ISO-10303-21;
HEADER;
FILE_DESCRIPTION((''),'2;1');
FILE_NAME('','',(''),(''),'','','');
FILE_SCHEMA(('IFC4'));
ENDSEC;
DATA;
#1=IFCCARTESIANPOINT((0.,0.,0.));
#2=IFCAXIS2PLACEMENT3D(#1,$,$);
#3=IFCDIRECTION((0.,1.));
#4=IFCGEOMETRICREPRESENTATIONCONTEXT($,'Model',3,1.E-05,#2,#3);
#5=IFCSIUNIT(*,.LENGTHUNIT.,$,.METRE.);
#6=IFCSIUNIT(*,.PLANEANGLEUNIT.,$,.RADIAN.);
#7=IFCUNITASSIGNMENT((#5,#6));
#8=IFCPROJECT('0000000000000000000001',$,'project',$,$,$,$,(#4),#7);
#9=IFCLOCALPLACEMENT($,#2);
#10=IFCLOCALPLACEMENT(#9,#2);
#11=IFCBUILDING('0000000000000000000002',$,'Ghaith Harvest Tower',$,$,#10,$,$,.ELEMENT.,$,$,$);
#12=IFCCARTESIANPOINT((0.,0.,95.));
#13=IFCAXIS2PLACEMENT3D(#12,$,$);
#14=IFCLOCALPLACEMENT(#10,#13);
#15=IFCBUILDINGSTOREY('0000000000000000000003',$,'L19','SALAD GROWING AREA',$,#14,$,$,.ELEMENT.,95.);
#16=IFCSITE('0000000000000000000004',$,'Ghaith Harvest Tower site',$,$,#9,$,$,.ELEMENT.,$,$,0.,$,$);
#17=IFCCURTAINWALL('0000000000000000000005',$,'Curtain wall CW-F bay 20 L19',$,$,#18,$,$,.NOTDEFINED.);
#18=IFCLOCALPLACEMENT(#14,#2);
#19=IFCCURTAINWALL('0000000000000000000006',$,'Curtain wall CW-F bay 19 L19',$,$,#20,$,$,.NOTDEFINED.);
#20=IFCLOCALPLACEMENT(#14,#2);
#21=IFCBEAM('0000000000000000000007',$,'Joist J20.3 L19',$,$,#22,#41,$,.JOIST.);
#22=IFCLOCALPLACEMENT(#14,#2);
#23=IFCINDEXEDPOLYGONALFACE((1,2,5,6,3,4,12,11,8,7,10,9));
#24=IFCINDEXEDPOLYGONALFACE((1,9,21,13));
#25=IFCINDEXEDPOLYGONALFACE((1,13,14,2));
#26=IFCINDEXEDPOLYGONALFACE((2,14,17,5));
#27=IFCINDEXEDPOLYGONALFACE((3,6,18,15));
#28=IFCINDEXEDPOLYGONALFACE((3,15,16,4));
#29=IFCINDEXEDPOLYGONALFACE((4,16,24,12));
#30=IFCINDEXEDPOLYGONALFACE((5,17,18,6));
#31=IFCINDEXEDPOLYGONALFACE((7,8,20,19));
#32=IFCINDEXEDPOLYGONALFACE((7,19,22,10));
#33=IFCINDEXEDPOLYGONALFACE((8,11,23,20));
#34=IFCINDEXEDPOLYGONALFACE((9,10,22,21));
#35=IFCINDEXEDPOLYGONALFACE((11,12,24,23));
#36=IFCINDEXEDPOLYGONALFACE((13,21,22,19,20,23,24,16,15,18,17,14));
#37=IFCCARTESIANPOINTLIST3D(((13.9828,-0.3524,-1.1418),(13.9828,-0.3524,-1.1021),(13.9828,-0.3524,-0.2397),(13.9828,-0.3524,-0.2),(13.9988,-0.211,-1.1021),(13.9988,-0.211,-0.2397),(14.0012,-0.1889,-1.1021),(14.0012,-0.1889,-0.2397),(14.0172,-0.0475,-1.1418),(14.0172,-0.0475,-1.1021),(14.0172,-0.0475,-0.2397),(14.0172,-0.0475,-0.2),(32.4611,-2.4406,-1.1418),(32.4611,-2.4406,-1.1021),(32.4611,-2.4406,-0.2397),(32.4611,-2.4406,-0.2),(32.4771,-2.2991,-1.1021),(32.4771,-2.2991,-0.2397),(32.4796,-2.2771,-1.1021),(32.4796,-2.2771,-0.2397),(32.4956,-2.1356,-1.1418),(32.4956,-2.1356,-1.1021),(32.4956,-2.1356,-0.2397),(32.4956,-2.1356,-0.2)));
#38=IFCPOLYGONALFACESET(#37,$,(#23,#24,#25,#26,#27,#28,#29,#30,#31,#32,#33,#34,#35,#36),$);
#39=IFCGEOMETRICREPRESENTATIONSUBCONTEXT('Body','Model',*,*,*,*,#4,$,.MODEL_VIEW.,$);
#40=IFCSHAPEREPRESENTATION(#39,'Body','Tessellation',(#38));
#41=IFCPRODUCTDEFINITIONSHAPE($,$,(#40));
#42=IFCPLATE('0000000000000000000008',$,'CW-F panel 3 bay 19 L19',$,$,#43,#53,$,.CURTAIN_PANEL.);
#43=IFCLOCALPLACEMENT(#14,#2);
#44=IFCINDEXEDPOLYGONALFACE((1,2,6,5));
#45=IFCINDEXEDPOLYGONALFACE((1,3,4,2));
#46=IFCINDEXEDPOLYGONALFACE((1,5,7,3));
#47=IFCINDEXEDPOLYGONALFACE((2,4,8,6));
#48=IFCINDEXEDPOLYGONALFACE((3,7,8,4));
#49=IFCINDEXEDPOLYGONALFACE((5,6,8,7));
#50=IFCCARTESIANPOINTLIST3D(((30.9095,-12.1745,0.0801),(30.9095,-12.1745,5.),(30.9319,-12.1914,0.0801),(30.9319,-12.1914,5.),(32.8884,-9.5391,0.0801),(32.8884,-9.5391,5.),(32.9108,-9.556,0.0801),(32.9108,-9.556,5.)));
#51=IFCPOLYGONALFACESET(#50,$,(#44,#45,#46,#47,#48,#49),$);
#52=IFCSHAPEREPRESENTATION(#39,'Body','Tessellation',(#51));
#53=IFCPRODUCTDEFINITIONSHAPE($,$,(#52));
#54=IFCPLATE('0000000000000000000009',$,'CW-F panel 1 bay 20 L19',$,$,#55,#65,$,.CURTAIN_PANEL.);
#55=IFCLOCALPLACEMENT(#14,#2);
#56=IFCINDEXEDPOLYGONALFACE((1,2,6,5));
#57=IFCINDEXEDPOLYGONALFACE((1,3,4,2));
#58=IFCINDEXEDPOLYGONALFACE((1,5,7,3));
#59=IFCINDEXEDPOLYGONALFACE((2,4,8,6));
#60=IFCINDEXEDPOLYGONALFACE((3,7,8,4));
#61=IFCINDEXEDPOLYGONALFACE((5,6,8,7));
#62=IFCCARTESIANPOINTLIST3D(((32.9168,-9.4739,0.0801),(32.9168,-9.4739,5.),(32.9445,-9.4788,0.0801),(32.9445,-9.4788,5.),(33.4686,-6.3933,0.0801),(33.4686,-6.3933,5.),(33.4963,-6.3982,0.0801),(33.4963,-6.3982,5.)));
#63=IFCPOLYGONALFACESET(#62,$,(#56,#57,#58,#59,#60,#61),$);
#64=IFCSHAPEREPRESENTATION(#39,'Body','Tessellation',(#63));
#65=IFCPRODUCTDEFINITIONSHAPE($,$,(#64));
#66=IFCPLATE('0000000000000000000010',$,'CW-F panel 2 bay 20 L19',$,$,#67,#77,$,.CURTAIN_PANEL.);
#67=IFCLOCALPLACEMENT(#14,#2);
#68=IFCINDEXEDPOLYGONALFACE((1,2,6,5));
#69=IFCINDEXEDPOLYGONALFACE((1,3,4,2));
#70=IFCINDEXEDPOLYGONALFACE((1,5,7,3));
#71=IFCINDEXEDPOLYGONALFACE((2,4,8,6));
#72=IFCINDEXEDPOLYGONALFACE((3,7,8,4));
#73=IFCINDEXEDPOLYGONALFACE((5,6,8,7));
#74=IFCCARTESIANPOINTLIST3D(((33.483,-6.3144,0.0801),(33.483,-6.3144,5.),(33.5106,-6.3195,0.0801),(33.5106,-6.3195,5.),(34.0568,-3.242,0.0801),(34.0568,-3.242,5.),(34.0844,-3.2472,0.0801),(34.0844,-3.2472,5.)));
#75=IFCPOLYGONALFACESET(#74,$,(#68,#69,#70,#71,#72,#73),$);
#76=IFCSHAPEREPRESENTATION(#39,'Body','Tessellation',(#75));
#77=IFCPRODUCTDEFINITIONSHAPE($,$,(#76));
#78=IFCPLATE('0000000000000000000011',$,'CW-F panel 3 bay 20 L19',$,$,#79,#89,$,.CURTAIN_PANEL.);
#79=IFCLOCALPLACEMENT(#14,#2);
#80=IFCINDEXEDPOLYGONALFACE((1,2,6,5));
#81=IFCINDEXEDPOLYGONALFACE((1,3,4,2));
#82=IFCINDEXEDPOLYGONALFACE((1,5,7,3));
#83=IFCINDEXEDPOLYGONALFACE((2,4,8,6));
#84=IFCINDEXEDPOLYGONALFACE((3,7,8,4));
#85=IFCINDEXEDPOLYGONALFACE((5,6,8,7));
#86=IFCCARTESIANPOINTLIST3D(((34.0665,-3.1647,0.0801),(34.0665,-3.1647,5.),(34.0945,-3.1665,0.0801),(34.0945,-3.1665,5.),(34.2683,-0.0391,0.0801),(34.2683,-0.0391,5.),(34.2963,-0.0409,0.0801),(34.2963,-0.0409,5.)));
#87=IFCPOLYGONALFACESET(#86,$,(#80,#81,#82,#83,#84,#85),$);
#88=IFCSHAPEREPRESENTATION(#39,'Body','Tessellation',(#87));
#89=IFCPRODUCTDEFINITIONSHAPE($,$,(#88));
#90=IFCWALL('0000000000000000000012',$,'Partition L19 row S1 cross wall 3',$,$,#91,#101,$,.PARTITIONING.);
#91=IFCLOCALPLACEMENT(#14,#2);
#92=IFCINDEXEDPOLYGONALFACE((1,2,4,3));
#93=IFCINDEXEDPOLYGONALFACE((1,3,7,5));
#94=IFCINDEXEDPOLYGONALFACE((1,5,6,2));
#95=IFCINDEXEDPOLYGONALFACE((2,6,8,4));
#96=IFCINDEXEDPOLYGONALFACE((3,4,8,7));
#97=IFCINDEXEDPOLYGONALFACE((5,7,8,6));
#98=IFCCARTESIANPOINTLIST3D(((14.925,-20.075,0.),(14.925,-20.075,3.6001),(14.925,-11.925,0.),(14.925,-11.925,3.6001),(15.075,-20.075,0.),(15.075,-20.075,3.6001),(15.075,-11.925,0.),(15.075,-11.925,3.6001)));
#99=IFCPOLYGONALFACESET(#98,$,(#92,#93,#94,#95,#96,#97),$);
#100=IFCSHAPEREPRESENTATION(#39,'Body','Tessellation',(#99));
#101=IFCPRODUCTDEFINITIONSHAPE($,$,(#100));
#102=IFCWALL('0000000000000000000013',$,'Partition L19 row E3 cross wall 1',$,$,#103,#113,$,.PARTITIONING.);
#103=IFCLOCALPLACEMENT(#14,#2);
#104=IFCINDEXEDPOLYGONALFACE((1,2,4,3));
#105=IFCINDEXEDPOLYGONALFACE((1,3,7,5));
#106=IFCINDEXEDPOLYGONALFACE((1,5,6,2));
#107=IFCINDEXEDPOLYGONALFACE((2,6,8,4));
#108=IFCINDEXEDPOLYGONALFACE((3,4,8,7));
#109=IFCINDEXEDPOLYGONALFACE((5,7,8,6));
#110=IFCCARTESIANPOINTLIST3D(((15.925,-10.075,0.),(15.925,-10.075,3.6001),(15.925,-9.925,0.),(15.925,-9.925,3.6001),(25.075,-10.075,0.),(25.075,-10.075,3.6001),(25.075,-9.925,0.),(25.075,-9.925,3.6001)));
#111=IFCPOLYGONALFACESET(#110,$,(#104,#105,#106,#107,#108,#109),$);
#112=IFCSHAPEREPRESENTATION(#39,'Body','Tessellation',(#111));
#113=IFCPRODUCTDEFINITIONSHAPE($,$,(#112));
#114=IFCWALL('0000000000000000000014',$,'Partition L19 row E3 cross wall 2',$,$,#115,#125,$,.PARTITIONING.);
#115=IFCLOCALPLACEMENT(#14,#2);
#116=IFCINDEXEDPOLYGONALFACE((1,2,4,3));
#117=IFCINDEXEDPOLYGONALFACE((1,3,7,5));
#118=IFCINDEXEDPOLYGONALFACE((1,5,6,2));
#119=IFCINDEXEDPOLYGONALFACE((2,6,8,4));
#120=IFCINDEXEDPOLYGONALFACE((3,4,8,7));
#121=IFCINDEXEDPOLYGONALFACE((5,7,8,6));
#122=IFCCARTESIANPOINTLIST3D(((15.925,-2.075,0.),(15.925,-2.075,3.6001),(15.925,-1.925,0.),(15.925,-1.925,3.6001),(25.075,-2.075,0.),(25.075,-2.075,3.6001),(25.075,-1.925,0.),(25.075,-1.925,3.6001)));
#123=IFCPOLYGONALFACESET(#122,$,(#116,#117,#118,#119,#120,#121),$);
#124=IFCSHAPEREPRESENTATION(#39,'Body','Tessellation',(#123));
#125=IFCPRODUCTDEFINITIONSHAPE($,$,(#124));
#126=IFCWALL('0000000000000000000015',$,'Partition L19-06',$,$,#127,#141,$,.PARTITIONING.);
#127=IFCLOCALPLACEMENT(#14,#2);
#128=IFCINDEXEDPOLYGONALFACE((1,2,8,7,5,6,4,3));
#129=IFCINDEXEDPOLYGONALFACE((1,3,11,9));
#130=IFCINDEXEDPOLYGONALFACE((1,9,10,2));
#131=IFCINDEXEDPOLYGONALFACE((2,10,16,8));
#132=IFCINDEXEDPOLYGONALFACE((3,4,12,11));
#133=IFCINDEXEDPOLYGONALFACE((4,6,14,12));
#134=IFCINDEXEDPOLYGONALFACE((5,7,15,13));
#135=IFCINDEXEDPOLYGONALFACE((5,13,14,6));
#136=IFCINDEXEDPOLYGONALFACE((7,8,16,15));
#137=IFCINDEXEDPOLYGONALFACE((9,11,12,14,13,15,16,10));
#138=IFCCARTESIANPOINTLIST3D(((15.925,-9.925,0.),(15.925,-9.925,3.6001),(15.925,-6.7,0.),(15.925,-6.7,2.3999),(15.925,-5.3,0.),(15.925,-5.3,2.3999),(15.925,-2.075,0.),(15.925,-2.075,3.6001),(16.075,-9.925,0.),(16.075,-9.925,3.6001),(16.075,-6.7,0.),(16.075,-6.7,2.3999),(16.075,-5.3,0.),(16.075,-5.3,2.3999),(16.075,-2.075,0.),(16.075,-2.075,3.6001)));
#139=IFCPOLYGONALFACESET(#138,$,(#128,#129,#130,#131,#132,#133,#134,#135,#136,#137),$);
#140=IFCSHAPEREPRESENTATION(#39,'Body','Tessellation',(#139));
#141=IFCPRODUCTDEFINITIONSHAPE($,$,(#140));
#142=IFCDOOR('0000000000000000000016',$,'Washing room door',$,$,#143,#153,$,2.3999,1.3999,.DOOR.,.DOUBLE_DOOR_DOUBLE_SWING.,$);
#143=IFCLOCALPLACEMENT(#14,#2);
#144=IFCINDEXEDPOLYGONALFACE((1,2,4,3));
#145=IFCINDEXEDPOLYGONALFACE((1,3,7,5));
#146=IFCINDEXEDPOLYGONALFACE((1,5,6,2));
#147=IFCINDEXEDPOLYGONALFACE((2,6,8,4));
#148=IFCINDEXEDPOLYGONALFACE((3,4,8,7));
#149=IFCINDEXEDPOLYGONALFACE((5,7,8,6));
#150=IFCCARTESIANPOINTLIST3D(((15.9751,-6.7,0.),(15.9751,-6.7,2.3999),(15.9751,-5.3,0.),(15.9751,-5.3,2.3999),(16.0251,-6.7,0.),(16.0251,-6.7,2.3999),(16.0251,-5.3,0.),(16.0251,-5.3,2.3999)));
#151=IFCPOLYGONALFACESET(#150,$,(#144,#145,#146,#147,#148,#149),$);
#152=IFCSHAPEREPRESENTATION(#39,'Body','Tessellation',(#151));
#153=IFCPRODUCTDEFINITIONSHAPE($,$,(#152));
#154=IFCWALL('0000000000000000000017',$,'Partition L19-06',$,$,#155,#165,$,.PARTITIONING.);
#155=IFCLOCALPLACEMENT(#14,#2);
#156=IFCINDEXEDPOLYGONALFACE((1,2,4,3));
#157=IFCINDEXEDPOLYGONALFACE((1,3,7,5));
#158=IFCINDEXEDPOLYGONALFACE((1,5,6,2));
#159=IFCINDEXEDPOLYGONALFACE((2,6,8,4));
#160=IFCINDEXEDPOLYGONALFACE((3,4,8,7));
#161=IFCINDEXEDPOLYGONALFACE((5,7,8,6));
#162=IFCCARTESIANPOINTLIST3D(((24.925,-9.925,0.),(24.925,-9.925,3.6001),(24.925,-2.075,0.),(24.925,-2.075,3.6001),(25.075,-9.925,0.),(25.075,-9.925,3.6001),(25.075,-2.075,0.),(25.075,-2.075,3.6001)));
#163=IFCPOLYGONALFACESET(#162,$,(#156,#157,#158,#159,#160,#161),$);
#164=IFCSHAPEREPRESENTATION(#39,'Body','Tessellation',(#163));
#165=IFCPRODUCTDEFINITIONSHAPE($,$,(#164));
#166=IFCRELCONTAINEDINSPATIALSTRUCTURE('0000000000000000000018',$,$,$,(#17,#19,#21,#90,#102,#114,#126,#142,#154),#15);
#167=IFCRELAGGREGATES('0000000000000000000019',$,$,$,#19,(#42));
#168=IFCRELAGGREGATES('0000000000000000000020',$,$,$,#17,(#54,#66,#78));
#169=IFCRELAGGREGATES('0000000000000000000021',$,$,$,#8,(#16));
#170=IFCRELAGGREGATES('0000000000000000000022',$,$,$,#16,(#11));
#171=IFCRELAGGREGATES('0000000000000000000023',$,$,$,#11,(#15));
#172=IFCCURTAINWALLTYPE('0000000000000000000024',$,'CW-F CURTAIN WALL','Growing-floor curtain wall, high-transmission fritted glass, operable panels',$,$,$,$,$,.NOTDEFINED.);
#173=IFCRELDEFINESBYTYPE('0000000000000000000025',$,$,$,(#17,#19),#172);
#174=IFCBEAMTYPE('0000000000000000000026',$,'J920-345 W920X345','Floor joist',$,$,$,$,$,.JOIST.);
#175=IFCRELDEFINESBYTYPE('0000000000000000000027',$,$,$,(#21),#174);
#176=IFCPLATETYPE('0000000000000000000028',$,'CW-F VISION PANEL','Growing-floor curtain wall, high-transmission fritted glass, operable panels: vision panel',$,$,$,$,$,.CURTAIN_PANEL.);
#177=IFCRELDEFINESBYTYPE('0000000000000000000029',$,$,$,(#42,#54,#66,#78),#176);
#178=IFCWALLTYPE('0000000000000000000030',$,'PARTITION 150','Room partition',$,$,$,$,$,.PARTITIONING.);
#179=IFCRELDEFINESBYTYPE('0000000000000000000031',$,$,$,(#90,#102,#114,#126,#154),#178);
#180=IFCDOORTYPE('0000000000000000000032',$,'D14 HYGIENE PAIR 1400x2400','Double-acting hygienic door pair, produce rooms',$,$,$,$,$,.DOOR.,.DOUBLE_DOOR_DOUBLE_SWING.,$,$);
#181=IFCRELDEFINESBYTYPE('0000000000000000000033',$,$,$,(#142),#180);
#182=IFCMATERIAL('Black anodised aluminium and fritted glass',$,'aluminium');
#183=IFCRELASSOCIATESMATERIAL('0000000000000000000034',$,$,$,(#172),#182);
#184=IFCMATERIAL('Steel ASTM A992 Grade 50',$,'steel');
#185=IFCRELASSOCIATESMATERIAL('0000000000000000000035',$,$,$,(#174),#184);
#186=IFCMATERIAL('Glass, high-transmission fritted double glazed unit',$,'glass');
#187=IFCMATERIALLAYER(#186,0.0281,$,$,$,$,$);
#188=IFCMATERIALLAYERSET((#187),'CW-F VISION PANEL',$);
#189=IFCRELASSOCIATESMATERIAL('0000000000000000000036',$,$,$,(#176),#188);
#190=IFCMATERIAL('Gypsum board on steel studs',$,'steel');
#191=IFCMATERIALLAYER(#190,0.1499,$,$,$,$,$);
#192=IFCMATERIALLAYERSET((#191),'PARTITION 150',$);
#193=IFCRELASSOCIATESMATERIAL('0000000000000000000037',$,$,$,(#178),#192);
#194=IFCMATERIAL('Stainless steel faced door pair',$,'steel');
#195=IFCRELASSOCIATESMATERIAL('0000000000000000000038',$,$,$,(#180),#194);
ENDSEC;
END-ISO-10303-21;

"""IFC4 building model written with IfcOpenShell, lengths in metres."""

from ifc_helpers import new_model, si_unit, direction, frame, frame_2d, origin, origin_2d, place, context, subcontext, project, spatial, rectangle, i_section, extrude, material, layer, layer_set, material_profile, profile_set, type_object, element, fill, aggregate, save


model = new_model("IFC4")

# Units and contexts
model_context = context("Model", 3, precision=1e-05, world=origin(), true_north=direction((0.0, 1.0)))
body_context = subcontext(model_context, "Body", "Model", "MODEL_VIEW")
ifc_project = project(units=[si_unit("LENGTHUNIT", "METRE"), si_unit("PLANEANGLEUNIT", "RADIAN")], contexts=[model_context])

# Site, building, storey
site_placement = place(None, origin())
site = spatial("IfcSite", under=ifc_project, at=site_placement, Name="Ghaith Harvest Tower site", CompositionType="ELEMENT", RefElevation=0.0)
building_placement = place(site_placement, origin())
building = spatial("IfcBuilding", under=site, at=building_placement, Name="Ghaith Harvest Tower", CompositionType="ELEMENT")
storey_placement = place(building_placement, frame((0.0, 0.0, 95.0)))
storey = spatial("IfcBuildingStorey", under=building, at=storey_placement, Name="L19", Description="SALAD GROWING AREA", CompositionType="ELEMENT", Elevation=95.0)

# Curtain wall
ifc_material_1 = material(Name="Black anodised aluminium and fritted glass", Category="aluminium")
curtain_wall_type = type_object("IfcCurtainWallType", Name="CW-F CURTAIN WALL", Description="Growing-floor curtain wall, high-transmission fritted glass, operable panels", PredefinedType="NOTDEFINED", material=ifc_material_1)
curtain_wall_1_placement = place(storey_placement, origin())
curtain_wall_1 = element("IfcCurtainWall", 1, at=curtain_wall_1_placement, inside=storey, type_object=curtain_wall_type, Name="Curtain wall CW-F bay 20 L19", PredefinedType="NOTDEFINED")

# Curtain wall
curtain_wall_2_placement = place(storey_placement, origin())
curtain_wall_2 = element("IfcCurtainWall", 2, at=curtain_wall_2_placement, inside=storey, type_object=curtain_wall_type, Name="Curtain wall CW-F bay 19 L19", PredefinedType="NOTDEFINED")

# Beam
ifc_material_2 = material(Name="Steel ASTM A992 Grade 50", Category="steel")
ifc_material_profile_1 = material_profile(ifc_material_2, i_section(OverallWidth=0.3069, OverallDepth=0.9419, WebThickness=0.0222, FlangeThickness=0.0398, at=origin_2d()), Name="W920X345")
ifc_profile_set_1 = profile_set([ifc_material_profile_1], Name="Steel ASTM A992 Grade 50")
beam_type_1 = type_object("IfcBeamType", Name="J920-345 W920X345", Description="Floor joist", PredefinedType="JOIST", material=ifc_profile_set_1)
beam_1_placement = place(storey_placement, frame((14.0, -0.2, -0.6709), z_axis=(0.993675, -0.11229, 0.0), x_axis=(0.11229, 0.993675, 0.0)))
element("IfcBeam", 3, at=beam_1_placement, inside=storey, type_object=beam_type_1, Name="Joist J20.3 L19", PredefinedType="JOIST", context=body_context, shape_type="SweptSolid", body=[
    extrude(i_section(OverallWidth=0.3069, OverallDepth=0.9419, WebThickness=0.0222, FlangeThickness=0.0398, at=origin_2d()), origin(), (0.0, 0.0, 1.0), 18.5959),
])

# Plates
ifc_material_3 = material(Name="Glass, high-transmission fritted double glazed unit", Category="glass")
ifc_layer_1 = layer(ifc_material_3, 0.0281)
ifc_layer_set_1 = layer_set([ifc_layer_1], Name="CW-F VISION PANEL")
plate_type = type_object("IfcPlateType", Name="CW-F VISION PANEL", Description="Growing-floor curtain wall, high-transmission fritted glass, operable panels: vision panel", PredefinedType="CURTAIN_PANEL", material=ifc_layer_set_1)
plate_1_placement = place(storey_placement, frame((31.9102, -10.8652, 0.0801), z_axis=(0.0, 0.0, 1.0), x_axis=(0.600454, 0.799659, 0.0)))
plate_1 = element("IfcPlate", 4, at=plate_1_placement, type_object=plate_type, Name="CW-F panel 3 bay 19 L19", PredefinedType="CURTAIN_PANEL", context=body_context, shape_type="SweptSolid", body=[
    extrude(rectangle(XDim=3.2957, YDim=0.0281, at=origin_2d()), origin(), (0.0, 0.0, 1.0), 4.9199),
])
aggregate(curtain_wall_2, [plate_1])
plate_2_placement = place(storey_placement, frame((33.2065, -7.936, 0.0801), z_axis=(0.0, 0.0, 1.0), x_axis=(0.17632, 0.984333, 0.0)))
plate_2 = element("IfcPlate", 5, at=plate_2_placement, type_object=plate_type, Name="CW-F panel 1 bay 20 L19", PredefinedType="CURTAIN_PANEL", context=body_context, shape_type="SweptSolid", body=[
    extrude(rectangle(XDim=3.1296, YDim=0.0281, at=origin_2d()), origin(), (0.0, 0.0, 1.0), 4.9199),
])
plate_3_placement = place(storey_placement, frame((33.7837, -4.7808, 0.0801), z_axis=(0.0, 0.0, 1.0), x_axis=(0.183569, 0.983007, 0.0)))
plate_3 = element("IfcPlate", 6, at=plate_3_placement, type_object=plate_type, Name="CW-F panel 2 bay 20 L19", PredefinedType="CURTAIN_PANEL", context=body_context, shape_type="SweptSolid", body=[
    extrude(rectangle(XDim=3.1255, YDim=0.0281, at=origin_2d()), origin(), (0.0, 0.0, 1.0), 4.9199),
])
plate_4_placement = place(storey_placement, frame((34.1814, -1.6028, 0.0801), z_axis=(0.0, 0.0, 1.0), x_axis=(0.064446, 0.997921, 0.0)))
plate_4 = element("IfcPlate", 7, at=plate_4_placement, type_object=plate_type, Name="CW-F panel 3 bay 20 L19", PredefinedType="CURTAIN_PANEL", context=body_context, shape_type="SweptSolid", body=[
    extrude(rectangle(XDim=3.1321, YDim=0.0281, at=origin_2d()), origin(), (0.0, 0.0, 1.0), 4.9199),
])
aggregate(curtain_wall_1, [plate_2, plate_3, plate_4])

# Walls
ifc_material_4 = material(Name="Gypsum board on steel studs", Category="steel")
ifc_layer_2 = layer(ifc_material_4, 0.1499)
ifc_layer_set_2 = layer_set([ifc_layer_2], Name="PARTITION 150")
wall_type = type_object("IfcWallType", Name="PARTITION 150", Description="Room partition", PredefinedType="PARTITIONING", material=ifc_layer_set_2)
wall_1_placement = place(storey_placement, frame((15.0, -11.925, 0.0), z_axis=(0.0, 0.0, 1.0), x_axis=(0.0, -1.0, 0.0)))
element("IfcWall", 8, at=wall_1_placement, inside=storey, type_object=wall_type, Name="Partition L19 row S1 cross wall 3", PredefinedType="PARTITIONING", context=body_context, shape_type="SweptSolid", body=[
    extrude(rectangle(XDim=8.1499, YDim=0.1499, at=frame_2d((4.075, 0.0))), origin(), (0.0, 0.0, 1.0), 3.6001),
])
for number, where, z_axis, x_axis, name in (
    (9, (15.925, -10.0, 0.0), (0.0, 0.0, 1.0), (1.0, 0.0, 0.0), "Partition L19 row E3 cross wall 1"),
    (10, (15.925, -2.0, 0.0), (0.0, 0.0, 1.0), (1.0, 0.0, 0.0), "Partition L19 row E3 cross wall 2"),
):
    element("IfcWall", number, at=place(storey_placement, frame(where, z_axis=z_axis, x_axis=x_axis)), inside=storey, type_object=wall_type, Name=name, PredefinedType="PARTITIONING", context=body_context, shape_type="SweptSolid", body=[
        extrude(rectangle(XDim=9.1499, YDim=0.1499, at=frame_2d((4.575, 0.0))), origin(), (0.0, 0.0, 1.0), 3.6001),
    ])

# Wall, opening, door
wall_2_placement = place(storey_placement, frame((16.0, -9.925, 0.0), z_axis=(0.0, 0.0, 1.0), x_axis=(0.0, 1.0, 0.0)))
wall_2 = element("IfcWall", 11, at=wall_2_placement, inside=storey, type_object=wall_type, Name="Partition L19-06", PredefinedType="PARTITIONING", context=body_context, shape_type="SweptSolid", body=[
    extrude(rectangle(XDim=7.8501, YDim=0.1499, at=frame_2d((3.925, 0.0))), origin(), (0.0, 0.0, 1.0), 3.6001),
])
opening_1_placement = place(wall_2_placement, frame((3.2251, 0.0, 0.0)))
opening_1 = element("IfcOpeningElement", 12, at=opening_1_placement, cuts=wall_2, PredefinedType="OPENING", context=body_context, shape_type="SweptSolid", body=[
    extrude(rectangle(XDim=1.3999, YDim=2.3999, at=frame_2d((0.7, 1.2))), frame((0.0, 0.085, 0.0), z_axis=(0.0, -1.0, 0.0), x_axis=(1.0, 0.0, 0.0)), (0.0, 0.0, 1.0), 0.1699),
])
ifc_material_5 = material(Name="Stainless steel faced door pair", Category="steel")
door_type_1 = type_object("IfcDoorType", Name="D14 HYGIENE PAIR 1400x2400", Description="Double-acting hygienic door pair, produce rooms", OperationType="DOUBLE_DOOR_DOUBLE_SWING", PredefinedType="DOOR", material=ifc_material_5)
door_1_placement = place(opening_1_placement, origin())
door_1 = element("IfcDoor", 13, at=door_1_placement, inside=storey, type_object=door_type_1, Name="Washing room door", OperationType="DOUBLE_DOOR_DOUBLE_SWING", OverallHeight=2.3999, OverallWidth=1.3999, PredefinedType="DOOR", context=body_context, shape_type="SweptSolid", body=[
    extrude(rectangle(XDim=1.3999, YDim=2.3999, at=frame_2d((0.7, 1.2))), frame((0.0, 0.0249, 0.0), z_axis=(0.0, -1.0, 0.0), x_axis=(1.0, 0.0, 0.0)), (0.0, 0.0, 1.0), 0.05),
])
fill(opening_1, door_1)

# Wall
wall_3_placement = place(storey_placement, frame((25.0, -9.925, 0.0), z_axis=(0.0, 0.0, 1.0), x_axis=(0.0, 1.0, 0.0)))
element("IfcWall", 14, at=wall_3_placement, inside=storey, type_object=wall_type, Name="Partition L19-06", PredefinedType="PARTITIONING", context=body_context, shape_type="SweptSolid", body=[
    extrude(rectangle(XDim=7.8501, YDim=0.1499, at=frame_2d((3.925, 0.0))), origin(), (0.0, 0.0, 1.0), 3.6001),
])

save(model, "model.ifc")
